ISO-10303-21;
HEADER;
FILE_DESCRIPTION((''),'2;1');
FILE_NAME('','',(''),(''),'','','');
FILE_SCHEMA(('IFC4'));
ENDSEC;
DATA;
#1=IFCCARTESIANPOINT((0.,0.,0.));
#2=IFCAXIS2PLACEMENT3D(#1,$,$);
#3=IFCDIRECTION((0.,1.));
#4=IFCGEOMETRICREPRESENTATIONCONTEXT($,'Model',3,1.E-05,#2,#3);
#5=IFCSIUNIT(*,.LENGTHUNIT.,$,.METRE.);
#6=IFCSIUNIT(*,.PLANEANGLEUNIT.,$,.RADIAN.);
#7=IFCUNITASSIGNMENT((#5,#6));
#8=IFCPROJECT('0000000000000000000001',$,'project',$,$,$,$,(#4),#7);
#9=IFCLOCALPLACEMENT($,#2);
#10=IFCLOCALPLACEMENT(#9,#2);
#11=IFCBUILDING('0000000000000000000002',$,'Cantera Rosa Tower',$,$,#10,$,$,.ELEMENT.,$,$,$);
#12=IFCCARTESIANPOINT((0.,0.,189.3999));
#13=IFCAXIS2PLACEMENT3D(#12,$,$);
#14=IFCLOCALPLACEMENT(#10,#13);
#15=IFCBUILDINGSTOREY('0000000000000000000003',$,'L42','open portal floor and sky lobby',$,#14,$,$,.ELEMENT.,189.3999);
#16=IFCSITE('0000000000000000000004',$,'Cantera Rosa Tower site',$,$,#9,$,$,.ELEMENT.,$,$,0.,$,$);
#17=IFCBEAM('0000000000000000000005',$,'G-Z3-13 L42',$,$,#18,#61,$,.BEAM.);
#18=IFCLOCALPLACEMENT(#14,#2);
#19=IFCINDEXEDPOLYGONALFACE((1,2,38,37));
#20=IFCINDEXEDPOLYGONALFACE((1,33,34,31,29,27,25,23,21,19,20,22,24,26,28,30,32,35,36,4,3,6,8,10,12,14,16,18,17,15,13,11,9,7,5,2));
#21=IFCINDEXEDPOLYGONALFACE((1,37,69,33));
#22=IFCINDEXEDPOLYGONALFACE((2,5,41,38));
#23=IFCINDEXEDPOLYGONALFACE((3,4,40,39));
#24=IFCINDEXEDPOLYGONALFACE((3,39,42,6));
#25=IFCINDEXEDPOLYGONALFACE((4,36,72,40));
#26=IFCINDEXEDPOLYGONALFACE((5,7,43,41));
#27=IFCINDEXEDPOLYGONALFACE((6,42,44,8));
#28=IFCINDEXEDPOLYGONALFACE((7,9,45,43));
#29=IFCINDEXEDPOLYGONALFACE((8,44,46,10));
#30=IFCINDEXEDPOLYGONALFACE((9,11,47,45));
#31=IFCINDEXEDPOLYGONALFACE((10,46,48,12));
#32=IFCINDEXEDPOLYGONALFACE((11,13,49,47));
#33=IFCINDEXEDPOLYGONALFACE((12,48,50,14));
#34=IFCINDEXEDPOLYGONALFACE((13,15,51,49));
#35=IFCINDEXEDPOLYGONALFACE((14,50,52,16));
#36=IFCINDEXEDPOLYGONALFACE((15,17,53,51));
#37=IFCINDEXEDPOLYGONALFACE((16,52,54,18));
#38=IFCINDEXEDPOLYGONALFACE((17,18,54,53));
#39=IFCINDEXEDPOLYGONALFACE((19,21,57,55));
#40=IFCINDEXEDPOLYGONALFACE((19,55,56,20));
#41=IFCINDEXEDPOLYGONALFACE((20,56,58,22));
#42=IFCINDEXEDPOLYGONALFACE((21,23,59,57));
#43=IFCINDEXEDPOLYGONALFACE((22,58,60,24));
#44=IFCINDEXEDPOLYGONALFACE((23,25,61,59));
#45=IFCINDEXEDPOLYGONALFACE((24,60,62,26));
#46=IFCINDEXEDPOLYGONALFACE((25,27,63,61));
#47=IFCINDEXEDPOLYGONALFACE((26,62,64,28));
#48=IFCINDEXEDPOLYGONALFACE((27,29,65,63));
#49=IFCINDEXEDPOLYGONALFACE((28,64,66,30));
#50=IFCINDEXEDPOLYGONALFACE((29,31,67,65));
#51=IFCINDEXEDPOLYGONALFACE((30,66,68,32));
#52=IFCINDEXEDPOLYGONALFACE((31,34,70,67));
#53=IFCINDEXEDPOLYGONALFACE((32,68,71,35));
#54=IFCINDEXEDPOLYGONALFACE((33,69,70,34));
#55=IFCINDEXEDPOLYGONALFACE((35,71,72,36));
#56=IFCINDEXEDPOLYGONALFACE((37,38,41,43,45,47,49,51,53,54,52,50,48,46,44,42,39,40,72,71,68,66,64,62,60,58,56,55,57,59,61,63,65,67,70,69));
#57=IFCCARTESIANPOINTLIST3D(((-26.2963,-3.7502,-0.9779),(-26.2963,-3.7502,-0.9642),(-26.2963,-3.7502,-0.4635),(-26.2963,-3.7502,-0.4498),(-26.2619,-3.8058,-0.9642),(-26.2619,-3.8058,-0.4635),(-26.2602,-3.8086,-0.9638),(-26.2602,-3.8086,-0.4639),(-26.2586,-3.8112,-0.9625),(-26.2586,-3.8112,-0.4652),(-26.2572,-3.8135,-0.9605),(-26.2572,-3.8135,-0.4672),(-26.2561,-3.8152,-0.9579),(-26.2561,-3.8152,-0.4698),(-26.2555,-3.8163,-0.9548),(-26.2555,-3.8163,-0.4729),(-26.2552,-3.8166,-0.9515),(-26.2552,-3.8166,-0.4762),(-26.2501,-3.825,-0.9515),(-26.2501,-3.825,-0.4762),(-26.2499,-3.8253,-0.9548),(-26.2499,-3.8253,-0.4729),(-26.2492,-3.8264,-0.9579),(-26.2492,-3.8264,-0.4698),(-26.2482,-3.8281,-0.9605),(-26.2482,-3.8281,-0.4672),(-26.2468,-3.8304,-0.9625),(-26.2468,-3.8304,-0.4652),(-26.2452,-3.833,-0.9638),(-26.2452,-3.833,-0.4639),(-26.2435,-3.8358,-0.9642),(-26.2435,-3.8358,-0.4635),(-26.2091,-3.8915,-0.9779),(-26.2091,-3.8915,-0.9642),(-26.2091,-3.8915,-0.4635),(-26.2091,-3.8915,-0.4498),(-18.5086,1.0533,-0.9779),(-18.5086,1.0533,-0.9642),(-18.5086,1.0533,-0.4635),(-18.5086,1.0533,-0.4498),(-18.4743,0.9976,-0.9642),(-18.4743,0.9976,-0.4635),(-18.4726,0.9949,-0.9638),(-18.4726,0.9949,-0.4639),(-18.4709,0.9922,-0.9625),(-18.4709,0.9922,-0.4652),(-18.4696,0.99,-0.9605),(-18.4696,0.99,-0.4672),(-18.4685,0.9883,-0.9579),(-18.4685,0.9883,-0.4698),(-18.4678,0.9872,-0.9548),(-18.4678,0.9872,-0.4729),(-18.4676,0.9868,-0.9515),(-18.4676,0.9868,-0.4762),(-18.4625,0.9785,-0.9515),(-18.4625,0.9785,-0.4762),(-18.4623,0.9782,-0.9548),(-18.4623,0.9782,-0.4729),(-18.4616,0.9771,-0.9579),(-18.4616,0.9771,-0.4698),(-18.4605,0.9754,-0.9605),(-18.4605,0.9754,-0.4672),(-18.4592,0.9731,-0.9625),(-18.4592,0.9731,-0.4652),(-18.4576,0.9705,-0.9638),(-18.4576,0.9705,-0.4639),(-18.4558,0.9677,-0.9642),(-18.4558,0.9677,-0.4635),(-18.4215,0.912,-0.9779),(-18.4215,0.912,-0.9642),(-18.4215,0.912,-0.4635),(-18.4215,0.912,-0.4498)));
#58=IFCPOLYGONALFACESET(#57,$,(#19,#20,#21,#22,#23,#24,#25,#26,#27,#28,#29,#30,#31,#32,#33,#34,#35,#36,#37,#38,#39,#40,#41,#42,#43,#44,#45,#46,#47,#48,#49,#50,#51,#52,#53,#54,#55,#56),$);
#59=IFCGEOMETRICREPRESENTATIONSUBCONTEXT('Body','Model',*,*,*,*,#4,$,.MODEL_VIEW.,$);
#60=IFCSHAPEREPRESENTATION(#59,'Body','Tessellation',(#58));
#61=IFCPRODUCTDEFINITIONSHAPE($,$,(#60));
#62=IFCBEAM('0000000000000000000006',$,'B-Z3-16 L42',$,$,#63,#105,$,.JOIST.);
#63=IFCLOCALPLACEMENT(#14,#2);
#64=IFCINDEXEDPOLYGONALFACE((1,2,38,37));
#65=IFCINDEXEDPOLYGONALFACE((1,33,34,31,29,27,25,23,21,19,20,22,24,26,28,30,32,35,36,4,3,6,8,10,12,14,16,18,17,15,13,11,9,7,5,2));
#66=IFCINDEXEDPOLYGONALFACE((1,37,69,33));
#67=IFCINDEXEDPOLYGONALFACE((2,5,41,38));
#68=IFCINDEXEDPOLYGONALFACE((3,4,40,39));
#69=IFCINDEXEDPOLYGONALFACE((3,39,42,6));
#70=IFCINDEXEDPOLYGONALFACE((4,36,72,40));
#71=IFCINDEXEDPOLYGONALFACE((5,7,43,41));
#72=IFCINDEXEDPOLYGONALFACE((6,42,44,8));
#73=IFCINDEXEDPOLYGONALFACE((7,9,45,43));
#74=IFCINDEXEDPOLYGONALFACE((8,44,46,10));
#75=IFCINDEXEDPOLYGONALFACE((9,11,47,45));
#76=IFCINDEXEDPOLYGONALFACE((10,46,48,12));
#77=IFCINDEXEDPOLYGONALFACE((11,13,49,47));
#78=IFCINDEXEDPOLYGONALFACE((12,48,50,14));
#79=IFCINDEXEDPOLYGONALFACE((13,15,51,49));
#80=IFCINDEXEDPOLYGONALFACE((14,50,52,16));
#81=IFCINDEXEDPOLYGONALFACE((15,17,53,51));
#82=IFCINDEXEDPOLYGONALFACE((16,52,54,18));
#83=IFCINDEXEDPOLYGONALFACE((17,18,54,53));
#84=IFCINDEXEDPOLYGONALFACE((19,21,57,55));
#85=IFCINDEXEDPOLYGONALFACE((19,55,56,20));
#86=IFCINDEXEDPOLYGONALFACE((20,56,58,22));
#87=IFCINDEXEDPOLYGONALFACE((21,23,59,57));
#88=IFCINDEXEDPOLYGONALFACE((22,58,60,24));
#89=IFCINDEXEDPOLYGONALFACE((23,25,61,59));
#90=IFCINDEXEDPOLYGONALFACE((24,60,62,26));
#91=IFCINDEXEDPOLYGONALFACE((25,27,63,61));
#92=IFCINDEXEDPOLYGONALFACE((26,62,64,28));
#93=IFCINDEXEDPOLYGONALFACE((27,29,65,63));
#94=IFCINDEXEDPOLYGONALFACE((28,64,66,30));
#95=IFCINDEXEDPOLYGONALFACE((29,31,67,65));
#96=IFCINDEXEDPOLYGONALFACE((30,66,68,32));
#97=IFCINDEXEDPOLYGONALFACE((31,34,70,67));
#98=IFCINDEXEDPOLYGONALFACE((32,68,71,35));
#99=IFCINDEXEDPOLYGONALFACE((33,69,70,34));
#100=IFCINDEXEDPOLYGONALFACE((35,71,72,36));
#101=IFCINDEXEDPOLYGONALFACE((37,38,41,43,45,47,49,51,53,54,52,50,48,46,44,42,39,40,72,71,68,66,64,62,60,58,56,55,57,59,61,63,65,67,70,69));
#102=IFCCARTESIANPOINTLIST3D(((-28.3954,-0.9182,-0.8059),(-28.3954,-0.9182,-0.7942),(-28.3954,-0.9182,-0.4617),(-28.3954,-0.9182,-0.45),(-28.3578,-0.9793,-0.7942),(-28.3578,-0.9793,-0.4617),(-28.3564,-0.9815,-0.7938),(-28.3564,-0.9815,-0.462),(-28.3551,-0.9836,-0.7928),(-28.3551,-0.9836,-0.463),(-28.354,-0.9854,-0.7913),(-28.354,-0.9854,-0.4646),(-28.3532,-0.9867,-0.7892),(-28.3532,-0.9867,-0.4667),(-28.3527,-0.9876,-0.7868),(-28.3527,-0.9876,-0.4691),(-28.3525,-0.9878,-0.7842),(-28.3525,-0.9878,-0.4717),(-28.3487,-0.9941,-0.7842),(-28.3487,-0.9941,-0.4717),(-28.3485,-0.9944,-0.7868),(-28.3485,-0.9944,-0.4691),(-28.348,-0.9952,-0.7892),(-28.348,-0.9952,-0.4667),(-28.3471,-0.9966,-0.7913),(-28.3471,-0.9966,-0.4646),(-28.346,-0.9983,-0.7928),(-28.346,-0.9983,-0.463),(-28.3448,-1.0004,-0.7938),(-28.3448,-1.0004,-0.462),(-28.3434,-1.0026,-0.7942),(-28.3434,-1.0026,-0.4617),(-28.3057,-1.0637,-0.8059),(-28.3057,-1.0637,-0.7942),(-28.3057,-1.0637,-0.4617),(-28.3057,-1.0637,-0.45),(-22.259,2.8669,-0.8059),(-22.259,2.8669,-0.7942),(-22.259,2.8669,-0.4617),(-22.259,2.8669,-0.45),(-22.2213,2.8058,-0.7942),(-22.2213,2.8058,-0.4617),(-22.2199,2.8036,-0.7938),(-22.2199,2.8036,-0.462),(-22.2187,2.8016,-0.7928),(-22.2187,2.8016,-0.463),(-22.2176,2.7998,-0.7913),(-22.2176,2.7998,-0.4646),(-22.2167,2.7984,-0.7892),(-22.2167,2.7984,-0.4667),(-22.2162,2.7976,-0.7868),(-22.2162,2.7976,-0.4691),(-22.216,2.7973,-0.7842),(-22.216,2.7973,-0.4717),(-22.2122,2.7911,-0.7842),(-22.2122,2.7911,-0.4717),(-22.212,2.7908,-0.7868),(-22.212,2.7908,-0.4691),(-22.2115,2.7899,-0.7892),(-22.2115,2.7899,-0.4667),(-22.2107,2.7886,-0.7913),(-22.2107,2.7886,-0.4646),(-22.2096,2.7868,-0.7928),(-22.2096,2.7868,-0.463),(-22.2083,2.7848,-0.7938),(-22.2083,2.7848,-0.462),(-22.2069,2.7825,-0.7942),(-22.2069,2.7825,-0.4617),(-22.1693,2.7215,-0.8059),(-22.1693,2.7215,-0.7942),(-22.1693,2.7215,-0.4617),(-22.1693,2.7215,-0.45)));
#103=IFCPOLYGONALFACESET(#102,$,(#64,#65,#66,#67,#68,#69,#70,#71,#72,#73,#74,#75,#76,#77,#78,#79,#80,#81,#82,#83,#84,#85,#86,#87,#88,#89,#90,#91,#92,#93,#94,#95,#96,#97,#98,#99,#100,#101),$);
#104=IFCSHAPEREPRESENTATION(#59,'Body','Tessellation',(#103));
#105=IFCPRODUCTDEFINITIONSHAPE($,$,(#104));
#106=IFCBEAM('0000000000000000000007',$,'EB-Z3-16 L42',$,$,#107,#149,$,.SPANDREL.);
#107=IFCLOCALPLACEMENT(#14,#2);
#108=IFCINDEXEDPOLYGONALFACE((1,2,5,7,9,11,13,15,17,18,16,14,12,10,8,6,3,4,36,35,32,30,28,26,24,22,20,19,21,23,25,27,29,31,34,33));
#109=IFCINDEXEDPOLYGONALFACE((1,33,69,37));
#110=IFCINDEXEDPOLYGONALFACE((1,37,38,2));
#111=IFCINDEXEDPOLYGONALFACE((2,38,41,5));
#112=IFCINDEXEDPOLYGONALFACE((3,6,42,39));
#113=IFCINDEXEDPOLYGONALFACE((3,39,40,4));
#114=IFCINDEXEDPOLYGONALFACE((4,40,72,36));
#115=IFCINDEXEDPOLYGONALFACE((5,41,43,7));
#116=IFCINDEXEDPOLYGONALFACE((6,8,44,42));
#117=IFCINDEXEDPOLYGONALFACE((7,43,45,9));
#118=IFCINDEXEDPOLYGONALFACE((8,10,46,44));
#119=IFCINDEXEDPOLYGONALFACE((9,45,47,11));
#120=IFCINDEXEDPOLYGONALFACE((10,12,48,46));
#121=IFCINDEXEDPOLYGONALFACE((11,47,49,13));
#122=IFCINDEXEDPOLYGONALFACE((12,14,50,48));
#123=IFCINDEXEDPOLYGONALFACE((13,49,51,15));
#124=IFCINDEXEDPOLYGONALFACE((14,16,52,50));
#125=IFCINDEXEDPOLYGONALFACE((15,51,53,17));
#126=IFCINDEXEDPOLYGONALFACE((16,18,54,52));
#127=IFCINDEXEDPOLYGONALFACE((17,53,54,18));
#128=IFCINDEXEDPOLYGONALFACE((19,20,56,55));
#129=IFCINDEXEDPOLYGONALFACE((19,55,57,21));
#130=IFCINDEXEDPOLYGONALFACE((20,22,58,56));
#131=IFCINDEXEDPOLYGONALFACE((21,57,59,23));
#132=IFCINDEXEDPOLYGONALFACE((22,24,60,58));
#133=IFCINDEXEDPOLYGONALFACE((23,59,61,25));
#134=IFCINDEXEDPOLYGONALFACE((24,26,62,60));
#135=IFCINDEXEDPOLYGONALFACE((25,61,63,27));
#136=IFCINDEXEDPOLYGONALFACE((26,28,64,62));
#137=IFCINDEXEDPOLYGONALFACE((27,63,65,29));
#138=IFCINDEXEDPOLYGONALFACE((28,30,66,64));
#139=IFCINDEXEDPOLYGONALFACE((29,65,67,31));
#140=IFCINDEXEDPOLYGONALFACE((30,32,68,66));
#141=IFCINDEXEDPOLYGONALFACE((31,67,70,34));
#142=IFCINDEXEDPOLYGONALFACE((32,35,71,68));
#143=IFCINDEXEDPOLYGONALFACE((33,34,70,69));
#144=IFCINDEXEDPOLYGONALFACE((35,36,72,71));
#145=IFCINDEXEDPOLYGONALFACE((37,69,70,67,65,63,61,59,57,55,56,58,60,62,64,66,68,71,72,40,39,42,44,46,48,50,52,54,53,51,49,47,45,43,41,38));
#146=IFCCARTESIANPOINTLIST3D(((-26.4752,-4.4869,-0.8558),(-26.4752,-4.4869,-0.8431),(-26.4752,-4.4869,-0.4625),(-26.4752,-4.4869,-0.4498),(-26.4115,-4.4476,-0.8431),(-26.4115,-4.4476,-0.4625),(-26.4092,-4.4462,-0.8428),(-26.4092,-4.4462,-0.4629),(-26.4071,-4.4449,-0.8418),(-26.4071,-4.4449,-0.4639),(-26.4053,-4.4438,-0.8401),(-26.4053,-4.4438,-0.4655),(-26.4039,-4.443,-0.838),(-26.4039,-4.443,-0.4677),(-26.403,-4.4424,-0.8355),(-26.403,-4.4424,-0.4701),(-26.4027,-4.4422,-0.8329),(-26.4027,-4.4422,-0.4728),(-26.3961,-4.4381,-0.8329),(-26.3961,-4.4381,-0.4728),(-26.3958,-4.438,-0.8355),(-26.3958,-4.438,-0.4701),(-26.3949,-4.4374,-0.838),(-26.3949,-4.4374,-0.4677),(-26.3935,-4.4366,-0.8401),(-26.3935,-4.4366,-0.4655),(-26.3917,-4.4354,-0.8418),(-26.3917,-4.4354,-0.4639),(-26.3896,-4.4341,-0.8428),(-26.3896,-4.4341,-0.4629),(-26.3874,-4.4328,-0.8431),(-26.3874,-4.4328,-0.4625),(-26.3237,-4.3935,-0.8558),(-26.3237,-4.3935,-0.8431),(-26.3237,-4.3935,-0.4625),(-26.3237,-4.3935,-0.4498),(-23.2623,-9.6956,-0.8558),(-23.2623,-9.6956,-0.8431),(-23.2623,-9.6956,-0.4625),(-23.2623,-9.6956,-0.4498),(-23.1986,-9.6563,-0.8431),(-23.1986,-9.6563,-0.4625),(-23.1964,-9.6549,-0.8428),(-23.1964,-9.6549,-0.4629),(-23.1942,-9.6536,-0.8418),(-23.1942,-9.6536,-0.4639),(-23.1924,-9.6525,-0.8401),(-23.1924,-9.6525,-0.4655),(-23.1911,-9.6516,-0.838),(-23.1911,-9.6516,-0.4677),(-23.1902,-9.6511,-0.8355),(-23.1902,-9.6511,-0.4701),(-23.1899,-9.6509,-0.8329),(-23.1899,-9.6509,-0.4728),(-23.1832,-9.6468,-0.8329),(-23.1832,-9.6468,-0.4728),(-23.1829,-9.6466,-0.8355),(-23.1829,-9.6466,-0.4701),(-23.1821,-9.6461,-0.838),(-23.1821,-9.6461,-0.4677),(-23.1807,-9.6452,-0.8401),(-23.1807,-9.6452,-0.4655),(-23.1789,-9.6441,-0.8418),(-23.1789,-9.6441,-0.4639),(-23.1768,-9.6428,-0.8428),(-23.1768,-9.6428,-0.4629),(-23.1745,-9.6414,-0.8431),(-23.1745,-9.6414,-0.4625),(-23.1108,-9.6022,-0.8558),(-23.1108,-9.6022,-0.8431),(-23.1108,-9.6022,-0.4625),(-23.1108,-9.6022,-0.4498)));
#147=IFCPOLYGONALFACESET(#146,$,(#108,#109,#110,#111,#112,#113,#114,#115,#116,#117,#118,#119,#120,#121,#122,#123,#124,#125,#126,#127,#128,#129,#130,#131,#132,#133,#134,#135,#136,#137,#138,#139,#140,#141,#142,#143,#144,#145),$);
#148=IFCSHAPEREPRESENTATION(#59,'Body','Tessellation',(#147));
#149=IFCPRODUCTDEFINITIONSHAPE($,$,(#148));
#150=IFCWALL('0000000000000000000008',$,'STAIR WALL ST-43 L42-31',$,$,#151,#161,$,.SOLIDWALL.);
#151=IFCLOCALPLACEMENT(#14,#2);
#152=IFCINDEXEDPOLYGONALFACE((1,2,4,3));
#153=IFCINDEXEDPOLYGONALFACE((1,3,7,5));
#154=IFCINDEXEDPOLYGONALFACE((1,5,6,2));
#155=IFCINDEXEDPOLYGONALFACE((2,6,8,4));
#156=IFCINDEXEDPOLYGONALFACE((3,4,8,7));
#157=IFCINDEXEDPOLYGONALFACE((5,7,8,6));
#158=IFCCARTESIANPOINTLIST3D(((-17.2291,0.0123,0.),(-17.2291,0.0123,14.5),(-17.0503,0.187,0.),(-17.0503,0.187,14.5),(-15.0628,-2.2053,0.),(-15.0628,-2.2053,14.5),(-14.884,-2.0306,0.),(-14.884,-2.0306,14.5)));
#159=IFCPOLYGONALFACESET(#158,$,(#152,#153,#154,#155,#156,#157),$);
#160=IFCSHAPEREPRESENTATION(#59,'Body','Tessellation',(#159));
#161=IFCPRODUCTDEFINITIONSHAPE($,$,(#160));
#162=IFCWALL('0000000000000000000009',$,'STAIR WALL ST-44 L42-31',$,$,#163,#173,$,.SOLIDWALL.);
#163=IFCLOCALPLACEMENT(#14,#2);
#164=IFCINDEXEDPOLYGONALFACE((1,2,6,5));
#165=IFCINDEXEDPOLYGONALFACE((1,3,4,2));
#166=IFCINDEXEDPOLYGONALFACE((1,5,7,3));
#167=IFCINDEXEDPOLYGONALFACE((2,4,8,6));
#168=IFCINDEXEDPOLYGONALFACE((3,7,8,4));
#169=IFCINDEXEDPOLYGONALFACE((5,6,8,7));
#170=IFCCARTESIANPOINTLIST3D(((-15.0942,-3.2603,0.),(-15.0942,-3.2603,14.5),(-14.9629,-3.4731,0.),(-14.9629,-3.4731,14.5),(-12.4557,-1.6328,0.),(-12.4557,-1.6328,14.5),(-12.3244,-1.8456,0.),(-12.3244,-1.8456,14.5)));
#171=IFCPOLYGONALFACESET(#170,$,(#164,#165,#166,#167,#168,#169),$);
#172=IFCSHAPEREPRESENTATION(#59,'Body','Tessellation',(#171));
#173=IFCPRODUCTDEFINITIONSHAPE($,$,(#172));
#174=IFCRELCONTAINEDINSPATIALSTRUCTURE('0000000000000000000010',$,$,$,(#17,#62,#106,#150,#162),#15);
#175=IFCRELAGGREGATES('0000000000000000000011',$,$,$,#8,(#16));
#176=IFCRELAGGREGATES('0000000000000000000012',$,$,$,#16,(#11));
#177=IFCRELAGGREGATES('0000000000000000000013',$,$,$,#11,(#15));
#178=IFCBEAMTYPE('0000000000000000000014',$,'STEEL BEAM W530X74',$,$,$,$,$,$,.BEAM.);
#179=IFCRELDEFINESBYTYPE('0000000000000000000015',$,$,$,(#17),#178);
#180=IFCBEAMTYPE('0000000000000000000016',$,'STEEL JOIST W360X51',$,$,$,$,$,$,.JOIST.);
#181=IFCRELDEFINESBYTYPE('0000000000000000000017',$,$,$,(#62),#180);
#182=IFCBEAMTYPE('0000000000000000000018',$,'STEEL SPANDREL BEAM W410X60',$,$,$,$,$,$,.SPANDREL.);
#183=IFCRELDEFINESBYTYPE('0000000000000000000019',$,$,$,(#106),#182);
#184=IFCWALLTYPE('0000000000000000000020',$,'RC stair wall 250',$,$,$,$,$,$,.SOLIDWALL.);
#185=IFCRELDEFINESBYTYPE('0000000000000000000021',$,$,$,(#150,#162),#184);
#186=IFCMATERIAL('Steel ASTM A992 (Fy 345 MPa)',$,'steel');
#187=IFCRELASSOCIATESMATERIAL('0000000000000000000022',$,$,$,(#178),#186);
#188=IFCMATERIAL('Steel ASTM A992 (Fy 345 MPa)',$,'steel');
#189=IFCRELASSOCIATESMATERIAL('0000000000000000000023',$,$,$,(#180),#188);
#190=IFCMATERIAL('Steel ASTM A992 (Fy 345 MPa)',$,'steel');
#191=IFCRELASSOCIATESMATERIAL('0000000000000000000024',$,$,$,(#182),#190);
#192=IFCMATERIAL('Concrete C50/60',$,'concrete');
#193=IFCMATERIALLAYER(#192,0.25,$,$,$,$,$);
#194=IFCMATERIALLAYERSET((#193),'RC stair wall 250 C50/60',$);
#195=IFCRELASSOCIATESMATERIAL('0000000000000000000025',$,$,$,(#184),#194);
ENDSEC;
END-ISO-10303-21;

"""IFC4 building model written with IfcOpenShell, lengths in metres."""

from ifc_helpers import new_model, si_unit, direction, frame, frame_2d, origin, origin_2d, place, context, subcontext, project, spatial, rectangle, i_section, extrude, material, layer, layer_set, material_profile, profile_set, type_object, element, save


model = new_model("IFC4")

# Units and contexts
model_context = context("Model", 3, precision=1e-05, world=origin(), true_north=direction((0.0, 1.0)))
body_context = subcontext(model_context, "Body", "Model", "MODEL_VIEW")
ifc_project = project(units=[si_unit("LENGTHUNIT", "METRE"), si_unit("PLANEANGLEUNIT", "RADIAN")], contexts=[model_context])

# Site, building, storey
site_placement = place(None, origin())
site = spatial("IfcSite", under=ifc_project, at=site_placement, Name="Cantera Rosa Tower site", CompositionType="ELEMENT", RefElevation=0.0)
building_placement = place(site_placement, origin())
building = spatial("IfcBuilding", under=site, at=building_placement, Name="Cantera Rosa Tower", CompositionType="ELEMENT")
storey_placement = place(building_placement, frame((0.0, 0.0, 189.3999)))
storey = spatial("IfcBuildingStorey", under=building, at=storey_placement, Name="L42", Description="open portal floor and sky lobby", CompositionType="ELEMENT", Elevation=189.3999)

# Beams
ifc_material_1 = material(Name="Steel ASTM A992 (Fy 345 MPa)", Category="steel")
ifc_material_profile_1 = material_profile(ifc_material_1, i_section(OverallWidth=0.166, OverallDepth=0.5281, WebThickness=0.0098, FlangeThickness=0.0137, FilletRadius=0.0127, at=origin_2d()), Name="W530X74")
ifc_profile_set_1 = profile_set([ifc_material_profile_1], Name="Steel ASTM A992 (Fy 345 MPa)")
beam_type_1 = type_object("IfcBeamType", Name="STEEL BEAM W530X74", PredefinedType="BEAM", material=ifc_profile_set_1)
beam_1_placement = place(storey_placement, frame((-26.2527, -3.8208, -0.7139), z_axis=(0.851116, 0.524977, 0.0), x_axis=(-0.524977, 0.851116, 0.0)))
element("IfcBeam", 1, at=beam_1_placement, inside=storey, type_object=beam_type_1, Name="G-Z3-13 L42", PredefinedType="BEAM", context=body_context, shape_type="SweptSolid", body=[
    extrude(i_section(OverallWidth=0.166, OverallDepth=0.5281, WebThickness=0.0098, FlangeThickness=0.0137, FilletRadius=0.0127, at=origin_2d()), origin(), (0.0, 0.0, 1.0), 9.1499),
])
ifc_material_2 = material(Name="Steel ASTM A992 (Fy 345 MPa)", Category="steel")
ifc_material_profile_2 = material_profile(ifc_material_2, i_section(OverallWidth=0.1709, OverallDepth=0.356, WebThickness=0.0073, FlangeThickness=0.0117, FilletRadius=0.01, at=origin_2d()), Name="W360X51")
ifc_profile_set_2 = profile_set([ifc_material_profile_2], Name="Steel ASTM A992 (Fy 345 MPa)")
beam_type_2 = type_object("IfcBeamType", Name="STEEL JOIST W360X51", PredefinedType="JOIST", material=ifc_profile_set_2)
beam_2_placement = place(storey_placement, frame((-28.3506, -0.991, -0.6279), z_axis=(0.851109, 0.524989, 0.0), x_axis=(-0.524989, 0.851109, 0.0)))
element("IfcBeam", 2, at=beam_2_placement, inside=storey, type_object=beam_type_2, Name="B-Z3-16 L42", PredefinedType="JOIST", context=body_context, shape_type="SweptSolid", body=[
    extrude(i_section(OverallWidth=0.1709, OverallDepth=0.356, WebThickness=0.0073, FlangeThickness=0.0117, FilletRadius=0.01, at=origin_2d()), origin(), (0.0, 0.0, 1.0), 7.21),
])
ifc_material_3 = material(Name="Steel ASTM A992 (Fy 345 MPa)", Category="steel")
ifc_material_profile_3 = material_profile(ifc_material_3, i_section(OverallWidth=0.178, OverallDepth=0.406, WebThickness=0.0078, FlangeThickness=0.0127, FilletRadius=0.0103, at=origin_2d()), Name="W410X60")
ifc_profile_set_3 = profile_set([ifc_material_profile_3], Name="Steel ASTM A992 (Fy 345 MPa)")
beam_type_3 = type_object("IfcBeamType", Name="STEEL SPANDREL BEAM W410X60", PredefinedType="SPANDREL", material=ifc_profile_set_3)
beam_3_placement = place(storey_placement, frame((-26.3994, -4.4402, -0.6528), z_axis=(0.524987, -0.85111, 0.0), x_axis=(0.85111, 0.524987, 0.0)))
element("IfcBeam", 3, at=beam_3_placement, inside=storey, type_object=beam_type_3, Name="EB-Z3-16 L42", PredefinedType="SPANDREL", context=body_context, shape_type="SweptSolid", body=[
    extrude(i_section(OverallWidth=0.178, OverallDepth=0.406, WebThickness=0.0078, FlangeThickness=0.0127, FilletRadius=0.0103, at=origin_2d()), origin(), (0.0, 0.0, 1.0), 6.1199),
])

# Walls
ifc_material_4 = material(Name="Concrete C50/60", Category="concrete")
ifc_layer = layer(ifc_material_4, 0.25)
ifc_layer_set = layer_set([ifc_layer], Name="RC stair wall 250 C50/60")
wall_type = type_object("IfcWallType", Name="RC stair wall 250", PredefinedType="SOLIDWALL", material=ifc_layer_set)
for number, where, z_axis, x_axis, name in (
    (4, (-14.9734, -2.1179, 0.0), (0.0, 0.0, 1.0), (-0.698789, 0.715328, 0.0), "STAIR WALL ST-43 L42-31"),
    (5, (-15.0286, -3.3667, 0.0), (0.0, 0.0, 1.0), (0.851112, 0.524985, 0.0), "STAIR WALL ST-44 L42-31"),
):
    element("IfcWall", number, at=place(storey_placement, frame(where, z_axis=z_axis, x_axis=x_axis)), inside=storey, type_object=wall_type, Name=name, PredefinedType="SOLIDWALL", context=body_context, shape_type="SweptSolid", body=[
        extrude(rectangle(XDim=3.1001, YDim=0.25, at=frame_2d((1.55, 0.0))), origin(), (0.0, 0.0, 1.0), 14.5),
    ])

save(model, "model.ifc")
